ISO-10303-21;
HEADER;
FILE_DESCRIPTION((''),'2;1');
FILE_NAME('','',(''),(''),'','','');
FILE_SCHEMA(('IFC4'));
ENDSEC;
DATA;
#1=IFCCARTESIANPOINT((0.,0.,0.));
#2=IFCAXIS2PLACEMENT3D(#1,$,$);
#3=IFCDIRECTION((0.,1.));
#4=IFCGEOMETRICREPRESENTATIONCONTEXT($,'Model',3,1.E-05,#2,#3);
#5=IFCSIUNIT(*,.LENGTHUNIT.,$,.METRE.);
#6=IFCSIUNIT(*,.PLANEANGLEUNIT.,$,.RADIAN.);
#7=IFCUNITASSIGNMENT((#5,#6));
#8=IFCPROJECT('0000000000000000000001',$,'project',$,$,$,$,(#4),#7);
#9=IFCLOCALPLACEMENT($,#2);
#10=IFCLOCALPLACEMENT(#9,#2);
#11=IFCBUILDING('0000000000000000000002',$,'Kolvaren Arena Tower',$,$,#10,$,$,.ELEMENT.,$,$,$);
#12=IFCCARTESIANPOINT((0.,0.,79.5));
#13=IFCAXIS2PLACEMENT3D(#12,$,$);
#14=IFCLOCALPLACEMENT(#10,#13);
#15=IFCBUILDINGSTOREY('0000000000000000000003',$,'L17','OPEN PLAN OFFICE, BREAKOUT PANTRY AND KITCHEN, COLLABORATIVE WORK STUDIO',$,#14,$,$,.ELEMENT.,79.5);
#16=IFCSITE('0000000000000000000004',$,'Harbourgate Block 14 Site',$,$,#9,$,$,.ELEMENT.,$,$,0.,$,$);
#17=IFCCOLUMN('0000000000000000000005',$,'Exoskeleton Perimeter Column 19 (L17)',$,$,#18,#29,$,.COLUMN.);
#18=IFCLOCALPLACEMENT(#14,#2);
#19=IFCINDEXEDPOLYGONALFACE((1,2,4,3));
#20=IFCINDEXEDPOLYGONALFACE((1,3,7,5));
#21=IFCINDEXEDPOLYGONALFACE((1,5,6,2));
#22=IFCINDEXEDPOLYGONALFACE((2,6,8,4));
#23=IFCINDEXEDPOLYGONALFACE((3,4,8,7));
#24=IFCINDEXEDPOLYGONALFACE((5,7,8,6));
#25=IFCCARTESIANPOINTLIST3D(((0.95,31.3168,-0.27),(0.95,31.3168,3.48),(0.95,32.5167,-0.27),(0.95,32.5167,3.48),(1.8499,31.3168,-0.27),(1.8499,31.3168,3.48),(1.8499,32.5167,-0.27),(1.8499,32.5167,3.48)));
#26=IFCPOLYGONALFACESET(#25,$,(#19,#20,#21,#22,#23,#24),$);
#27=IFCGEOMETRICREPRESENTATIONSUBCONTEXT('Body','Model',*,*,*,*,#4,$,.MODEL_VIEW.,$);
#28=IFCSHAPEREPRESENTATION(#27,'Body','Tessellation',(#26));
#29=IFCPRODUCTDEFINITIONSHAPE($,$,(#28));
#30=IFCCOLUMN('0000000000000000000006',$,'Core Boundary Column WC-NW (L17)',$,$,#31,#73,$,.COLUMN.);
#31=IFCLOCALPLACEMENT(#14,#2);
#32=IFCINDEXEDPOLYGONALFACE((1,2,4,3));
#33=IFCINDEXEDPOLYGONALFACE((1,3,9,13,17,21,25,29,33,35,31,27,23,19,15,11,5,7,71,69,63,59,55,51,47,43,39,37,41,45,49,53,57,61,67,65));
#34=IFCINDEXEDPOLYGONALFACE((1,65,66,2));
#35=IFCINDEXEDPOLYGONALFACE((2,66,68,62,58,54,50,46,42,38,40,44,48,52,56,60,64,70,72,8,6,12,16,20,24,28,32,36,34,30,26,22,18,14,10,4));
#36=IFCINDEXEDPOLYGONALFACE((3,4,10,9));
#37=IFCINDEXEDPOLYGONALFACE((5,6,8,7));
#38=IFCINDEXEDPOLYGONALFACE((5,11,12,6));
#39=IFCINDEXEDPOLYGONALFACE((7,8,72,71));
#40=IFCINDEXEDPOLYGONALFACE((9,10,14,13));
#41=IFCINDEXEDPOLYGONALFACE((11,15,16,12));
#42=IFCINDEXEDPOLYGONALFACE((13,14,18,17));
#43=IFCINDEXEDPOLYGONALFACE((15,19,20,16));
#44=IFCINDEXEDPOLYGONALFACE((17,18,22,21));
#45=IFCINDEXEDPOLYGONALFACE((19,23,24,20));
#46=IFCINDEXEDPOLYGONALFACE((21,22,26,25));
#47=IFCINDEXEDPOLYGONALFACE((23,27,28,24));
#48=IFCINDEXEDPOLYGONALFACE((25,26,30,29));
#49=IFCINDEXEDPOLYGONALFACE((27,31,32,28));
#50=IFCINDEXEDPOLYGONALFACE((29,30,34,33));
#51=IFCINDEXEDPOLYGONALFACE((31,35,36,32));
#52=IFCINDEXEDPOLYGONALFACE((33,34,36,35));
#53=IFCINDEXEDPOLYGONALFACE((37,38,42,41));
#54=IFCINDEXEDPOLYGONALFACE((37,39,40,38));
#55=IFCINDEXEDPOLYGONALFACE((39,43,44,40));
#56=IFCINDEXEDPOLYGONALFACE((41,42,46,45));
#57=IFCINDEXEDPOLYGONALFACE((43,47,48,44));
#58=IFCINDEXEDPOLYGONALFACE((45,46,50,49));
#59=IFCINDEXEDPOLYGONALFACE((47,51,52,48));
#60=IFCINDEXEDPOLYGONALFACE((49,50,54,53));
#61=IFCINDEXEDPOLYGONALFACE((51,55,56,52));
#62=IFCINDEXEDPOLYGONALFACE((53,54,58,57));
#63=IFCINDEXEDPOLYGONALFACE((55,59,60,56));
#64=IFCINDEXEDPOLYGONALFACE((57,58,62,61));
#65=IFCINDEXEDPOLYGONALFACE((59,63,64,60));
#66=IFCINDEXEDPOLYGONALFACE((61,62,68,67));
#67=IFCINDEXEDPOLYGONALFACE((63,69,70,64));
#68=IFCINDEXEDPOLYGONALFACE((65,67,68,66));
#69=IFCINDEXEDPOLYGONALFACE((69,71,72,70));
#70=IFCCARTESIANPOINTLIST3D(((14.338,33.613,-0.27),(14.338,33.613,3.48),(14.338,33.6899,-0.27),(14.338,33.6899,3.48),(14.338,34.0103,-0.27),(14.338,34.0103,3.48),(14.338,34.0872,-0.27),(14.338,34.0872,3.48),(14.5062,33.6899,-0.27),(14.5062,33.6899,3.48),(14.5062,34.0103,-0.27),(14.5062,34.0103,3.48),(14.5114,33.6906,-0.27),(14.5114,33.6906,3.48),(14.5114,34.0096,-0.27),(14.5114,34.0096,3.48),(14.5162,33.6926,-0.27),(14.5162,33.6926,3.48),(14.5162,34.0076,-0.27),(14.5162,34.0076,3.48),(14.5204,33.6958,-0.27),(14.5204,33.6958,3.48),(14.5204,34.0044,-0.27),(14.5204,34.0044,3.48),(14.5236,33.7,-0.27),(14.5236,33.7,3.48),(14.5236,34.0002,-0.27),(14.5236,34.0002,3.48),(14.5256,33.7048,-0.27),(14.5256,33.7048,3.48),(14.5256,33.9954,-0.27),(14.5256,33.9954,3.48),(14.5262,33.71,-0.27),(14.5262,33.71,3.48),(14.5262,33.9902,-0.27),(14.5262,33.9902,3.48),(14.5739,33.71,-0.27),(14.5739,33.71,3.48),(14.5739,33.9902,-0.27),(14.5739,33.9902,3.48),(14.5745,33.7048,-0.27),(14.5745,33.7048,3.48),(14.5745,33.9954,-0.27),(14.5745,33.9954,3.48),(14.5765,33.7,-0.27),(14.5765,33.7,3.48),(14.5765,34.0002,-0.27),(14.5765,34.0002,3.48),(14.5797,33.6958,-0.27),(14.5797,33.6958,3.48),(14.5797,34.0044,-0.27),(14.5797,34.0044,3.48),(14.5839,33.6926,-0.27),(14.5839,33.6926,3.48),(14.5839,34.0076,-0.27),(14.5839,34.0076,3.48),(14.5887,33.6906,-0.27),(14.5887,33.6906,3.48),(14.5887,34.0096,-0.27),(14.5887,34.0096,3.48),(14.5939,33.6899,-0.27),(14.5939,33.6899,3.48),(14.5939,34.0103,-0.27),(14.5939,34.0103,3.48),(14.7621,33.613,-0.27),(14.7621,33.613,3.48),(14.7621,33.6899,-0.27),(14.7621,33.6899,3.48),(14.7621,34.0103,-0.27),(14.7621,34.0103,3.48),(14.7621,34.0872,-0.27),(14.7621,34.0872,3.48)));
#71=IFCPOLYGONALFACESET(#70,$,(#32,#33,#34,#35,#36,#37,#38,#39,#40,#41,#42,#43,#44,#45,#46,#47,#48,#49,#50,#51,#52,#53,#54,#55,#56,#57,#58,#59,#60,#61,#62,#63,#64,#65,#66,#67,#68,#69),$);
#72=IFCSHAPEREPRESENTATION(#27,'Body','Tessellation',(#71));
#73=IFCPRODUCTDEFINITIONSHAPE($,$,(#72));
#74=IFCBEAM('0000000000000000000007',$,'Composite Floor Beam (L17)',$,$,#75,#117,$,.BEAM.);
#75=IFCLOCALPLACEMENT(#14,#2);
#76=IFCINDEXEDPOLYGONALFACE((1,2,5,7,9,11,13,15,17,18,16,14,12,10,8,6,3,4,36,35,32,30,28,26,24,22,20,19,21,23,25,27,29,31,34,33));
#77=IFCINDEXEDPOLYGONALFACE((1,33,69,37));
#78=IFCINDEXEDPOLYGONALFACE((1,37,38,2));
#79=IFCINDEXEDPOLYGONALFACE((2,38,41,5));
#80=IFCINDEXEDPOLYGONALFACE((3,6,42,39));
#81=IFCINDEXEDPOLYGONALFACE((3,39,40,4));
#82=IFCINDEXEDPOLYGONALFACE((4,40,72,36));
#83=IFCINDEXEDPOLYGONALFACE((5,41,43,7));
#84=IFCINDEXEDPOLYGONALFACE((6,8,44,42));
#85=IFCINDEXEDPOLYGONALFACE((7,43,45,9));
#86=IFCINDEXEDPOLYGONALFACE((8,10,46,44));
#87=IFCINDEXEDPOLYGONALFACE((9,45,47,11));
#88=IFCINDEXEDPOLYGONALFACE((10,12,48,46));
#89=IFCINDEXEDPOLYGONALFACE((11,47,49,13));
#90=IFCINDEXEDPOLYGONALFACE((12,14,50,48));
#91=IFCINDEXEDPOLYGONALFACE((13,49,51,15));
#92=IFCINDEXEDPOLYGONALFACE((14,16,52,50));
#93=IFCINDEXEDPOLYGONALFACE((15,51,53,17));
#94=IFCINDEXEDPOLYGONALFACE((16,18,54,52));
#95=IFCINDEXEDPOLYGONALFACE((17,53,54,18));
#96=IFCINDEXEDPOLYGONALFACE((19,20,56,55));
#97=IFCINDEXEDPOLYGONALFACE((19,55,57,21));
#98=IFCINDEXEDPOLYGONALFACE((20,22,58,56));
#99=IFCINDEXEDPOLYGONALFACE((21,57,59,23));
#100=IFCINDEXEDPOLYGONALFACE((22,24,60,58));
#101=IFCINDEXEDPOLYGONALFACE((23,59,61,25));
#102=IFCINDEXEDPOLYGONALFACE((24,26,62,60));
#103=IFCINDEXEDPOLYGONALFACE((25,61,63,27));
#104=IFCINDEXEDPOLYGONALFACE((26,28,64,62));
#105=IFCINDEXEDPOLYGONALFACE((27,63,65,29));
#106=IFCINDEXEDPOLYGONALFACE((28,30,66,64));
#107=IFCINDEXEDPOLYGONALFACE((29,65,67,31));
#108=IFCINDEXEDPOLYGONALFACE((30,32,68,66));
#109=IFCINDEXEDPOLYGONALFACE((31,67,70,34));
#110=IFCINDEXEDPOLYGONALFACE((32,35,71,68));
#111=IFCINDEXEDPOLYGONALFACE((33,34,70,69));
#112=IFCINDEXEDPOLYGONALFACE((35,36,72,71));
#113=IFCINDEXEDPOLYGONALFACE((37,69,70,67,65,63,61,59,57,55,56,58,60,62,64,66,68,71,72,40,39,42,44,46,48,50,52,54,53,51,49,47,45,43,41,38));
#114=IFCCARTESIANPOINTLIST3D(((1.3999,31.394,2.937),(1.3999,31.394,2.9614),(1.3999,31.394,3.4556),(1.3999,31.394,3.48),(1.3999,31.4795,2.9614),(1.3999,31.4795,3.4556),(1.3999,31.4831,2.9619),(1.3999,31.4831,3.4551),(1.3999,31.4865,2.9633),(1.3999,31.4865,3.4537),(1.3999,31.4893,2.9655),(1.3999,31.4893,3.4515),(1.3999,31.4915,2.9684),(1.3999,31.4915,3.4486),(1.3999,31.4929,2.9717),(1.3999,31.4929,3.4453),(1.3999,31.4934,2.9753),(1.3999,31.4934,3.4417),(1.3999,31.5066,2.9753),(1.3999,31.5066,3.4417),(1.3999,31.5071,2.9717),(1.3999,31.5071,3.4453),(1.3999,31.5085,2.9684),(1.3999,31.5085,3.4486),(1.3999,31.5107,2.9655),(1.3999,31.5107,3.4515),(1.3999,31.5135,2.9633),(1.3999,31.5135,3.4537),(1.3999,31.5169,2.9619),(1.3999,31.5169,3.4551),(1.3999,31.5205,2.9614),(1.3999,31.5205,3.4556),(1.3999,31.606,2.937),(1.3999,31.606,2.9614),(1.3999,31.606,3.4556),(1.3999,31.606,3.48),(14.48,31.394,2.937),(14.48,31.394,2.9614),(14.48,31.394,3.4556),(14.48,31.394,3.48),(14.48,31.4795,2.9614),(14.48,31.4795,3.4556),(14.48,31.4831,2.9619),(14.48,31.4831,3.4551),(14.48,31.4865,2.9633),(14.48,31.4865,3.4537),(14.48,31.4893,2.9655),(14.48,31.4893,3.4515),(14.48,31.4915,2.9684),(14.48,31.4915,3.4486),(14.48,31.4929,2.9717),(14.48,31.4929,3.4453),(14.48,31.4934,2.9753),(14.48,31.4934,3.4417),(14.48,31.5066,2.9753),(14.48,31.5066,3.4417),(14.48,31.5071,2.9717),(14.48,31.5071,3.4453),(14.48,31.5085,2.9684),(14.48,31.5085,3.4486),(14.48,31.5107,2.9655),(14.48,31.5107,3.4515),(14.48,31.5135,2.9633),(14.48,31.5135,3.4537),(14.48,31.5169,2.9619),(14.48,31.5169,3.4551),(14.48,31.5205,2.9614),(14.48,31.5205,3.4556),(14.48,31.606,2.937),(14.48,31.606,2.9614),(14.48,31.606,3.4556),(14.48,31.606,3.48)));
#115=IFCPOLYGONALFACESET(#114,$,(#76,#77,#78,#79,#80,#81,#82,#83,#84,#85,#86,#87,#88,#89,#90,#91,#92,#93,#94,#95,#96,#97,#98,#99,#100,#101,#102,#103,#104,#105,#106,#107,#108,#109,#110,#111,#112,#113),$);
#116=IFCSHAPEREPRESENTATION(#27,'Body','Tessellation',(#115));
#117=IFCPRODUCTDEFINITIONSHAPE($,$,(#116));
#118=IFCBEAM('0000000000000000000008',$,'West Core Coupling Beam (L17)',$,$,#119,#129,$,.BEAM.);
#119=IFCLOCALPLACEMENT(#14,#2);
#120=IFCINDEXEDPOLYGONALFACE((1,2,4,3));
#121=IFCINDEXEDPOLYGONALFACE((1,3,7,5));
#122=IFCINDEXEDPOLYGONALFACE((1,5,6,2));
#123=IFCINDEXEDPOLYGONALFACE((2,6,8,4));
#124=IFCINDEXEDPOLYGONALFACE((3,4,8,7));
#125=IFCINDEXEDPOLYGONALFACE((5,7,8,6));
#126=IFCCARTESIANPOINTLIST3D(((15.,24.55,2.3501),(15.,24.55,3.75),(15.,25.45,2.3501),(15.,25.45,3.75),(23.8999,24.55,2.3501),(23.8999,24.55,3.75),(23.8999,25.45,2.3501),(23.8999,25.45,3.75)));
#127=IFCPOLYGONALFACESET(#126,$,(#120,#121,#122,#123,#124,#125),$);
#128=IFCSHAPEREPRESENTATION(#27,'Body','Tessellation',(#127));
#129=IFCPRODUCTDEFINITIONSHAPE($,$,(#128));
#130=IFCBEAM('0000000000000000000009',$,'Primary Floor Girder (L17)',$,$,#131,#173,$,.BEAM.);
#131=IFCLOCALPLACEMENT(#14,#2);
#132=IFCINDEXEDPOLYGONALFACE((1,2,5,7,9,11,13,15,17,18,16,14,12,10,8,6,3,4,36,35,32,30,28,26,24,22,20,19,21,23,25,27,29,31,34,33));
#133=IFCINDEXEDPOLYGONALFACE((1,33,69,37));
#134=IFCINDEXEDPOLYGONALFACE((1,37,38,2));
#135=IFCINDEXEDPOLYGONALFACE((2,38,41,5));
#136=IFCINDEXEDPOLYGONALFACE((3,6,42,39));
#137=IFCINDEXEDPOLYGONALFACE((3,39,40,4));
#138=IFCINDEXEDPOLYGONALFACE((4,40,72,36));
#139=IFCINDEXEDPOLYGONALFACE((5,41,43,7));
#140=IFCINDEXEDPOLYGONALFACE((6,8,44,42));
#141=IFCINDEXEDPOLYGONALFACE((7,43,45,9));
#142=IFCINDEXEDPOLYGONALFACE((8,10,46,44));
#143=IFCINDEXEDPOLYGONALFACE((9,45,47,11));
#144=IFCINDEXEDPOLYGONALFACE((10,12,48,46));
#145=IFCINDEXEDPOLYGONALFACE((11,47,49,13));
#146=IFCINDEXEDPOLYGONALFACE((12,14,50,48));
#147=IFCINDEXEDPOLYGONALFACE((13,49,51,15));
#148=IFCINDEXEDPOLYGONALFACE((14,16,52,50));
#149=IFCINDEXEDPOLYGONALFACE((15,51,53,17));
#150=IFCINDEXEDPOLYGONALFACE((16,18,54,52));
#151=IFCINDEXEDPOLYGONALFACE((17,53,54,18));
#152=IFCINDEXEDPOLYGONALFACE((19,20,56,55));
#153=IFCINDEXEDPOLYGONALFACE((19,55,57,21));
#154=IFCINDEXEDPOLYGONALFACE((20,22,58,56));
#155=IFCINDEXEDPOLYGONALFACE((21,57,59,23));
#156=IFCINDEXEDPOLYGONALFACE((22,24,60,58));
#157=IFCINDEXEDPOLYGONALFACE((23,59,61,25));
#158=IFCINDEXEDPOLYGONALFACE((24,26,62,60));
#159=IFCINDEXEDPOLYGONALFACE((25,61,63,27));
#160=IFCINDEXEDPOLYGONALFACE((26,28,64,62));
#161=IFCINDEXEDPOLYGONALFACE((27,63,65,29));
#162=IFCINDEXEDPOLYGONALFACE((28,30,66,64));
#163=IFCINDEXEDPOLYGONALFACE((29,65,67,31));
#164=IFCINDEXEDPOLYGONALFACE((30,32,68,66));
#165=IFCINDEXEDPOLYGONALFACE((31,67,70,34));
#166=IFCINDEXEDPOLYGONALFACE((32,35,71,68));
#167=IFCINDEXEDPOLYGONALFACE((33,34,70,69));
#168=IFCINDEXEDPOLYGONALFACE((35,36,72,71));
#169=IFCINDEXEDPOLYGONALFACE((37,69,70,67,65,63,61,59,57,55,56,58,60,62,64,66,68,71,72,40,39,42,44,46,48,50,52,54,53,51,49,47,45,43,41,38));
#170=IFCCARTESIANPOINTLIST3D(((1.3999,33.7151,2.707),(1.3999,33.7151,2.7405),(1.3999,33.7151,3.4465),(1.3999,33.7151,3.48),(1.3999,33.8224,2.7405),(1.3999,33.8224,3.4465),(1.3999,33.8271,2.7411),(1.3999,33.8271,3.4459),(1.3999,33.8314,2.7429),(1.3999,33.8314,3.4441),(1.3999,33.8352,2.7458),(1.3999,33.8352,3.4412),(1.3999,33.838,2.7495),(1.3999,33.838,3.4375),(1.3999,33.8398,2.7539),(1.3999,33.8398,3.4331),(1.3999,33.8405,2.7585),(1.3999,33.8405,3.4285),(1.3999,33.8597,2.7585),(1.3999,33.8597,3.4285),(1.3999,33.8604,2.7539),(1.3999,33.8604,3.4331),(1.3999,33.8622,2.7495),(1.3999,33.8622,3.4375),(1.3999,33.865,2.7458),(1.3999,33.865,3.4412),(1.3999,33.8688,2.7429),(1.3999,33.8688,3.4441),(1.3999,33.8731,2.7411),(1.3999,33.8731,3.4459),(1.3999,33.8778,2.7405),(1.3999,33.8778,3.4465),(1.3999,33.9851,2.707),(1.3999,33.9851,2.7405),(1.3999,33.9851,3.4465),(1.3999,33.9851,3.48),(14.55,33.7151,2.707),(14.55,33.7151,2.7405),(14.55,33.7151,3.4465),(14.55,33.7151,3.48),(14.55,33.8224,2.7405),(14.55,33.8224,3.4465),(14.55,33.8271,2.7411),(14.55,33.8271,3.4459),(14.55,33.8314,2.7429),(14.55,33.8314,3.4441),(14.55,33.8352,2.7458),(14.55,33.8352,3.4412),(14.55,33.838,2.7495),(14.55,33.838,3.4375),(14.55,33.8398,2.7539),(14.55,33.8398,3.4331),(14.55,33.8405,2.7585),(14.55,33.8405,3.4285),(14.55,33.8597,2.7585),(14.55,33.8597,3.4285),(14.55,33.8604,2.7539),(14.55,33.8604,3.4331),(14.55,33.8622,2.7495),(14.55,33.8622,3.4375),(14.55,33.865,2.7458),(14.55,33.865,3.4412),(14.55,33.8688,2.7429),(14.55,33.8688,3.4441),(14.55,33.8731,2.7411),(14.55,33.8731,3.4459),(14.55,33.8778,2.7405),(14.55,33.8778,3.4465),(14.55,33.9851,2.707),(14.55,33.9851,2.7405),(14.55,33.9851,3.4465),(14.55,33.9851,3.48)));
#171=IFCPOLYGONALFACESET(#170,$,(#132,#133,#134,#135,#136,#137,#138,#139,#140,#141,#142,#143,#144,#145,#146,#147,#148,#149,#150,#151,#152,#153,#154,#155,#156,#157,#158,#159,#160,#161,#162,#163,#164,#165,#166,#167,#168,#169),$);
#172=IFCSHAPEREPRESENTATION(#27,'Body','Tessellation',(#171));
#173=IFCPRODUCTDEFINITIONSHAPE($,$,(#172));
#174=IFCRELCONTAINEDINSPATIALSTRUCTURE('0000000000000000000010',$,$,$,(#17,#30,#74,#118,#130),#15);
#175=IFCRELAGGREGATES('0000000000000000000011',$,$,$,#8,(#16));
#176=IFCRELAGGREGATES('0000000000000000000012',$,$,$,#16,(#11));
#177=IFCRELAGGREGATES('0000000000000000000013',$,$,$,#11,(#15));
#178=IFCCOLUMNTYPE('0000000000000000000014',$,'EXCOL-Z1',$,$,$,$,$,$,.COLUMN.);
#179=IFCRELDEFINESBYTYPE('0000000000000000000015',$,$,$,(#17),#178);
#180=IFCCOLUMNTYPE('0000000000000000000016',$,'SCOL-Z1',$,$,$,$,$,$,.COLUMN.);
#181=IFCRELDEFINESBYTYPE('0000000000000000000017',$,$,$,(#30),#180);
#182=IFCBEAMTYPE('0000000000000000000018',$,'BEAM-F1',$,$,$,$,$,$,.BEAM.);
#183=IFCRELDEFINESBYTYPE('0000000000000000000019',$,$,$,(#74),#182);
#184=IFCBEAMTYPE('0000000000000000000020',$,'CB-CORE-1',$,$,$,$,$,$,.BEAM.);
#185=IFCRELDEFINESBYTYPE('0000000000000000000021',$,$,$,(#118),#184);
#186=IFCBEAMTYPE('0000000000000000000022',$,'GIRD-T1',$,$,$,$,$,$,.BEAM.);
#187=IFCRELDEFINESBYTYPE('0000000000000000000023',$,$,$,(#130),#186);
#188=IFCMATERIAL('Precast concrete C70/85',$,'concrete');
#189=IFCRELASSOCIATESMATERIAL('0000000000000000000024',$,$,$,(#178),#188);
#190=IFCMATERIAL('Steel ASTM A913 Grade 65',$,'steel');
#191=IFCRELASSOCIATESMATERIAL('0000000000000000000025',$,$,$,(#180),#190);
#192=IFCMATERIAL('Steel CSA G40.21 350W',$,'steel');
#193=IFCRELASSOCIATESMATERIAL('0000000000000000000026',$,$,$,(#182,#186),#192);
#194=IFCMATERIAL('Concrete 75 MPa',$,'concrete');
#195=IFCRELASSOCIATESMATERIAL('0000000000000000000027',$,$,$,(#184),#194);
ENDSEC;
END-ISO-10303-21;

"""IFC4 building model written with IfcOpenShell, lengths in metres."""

from ifc_helpers import new_model, si_unit, direction, frame, origin, origin_2d, place, context, subcontext, project, spatial, rectangle, i_section, extrude, material, material_profile, profile_set, type_object, element, save


model = new_model("IFC4")

# Units and contexts
model_context = context("Model", 3, precision=1e-05, world=origin(), true_north=direction((0.0, 1.0)))
body_context = subcontext(model_context, "Body", "Model", "MODEL_VIEW")
ifc_project = project(units=[si_unit("LENGTHUNIT", "METRE"), si_unit("PLANEANGLEUNIT", "RADIAN")], contexts=[model_context])

# Site, building, storey
site_placement = place(None, origin())
site = spatial("IfcSite", under=ifc_project, at=site_placement, Name="Harbourgate Block 14 Site", CompositionType="ELEMENT", RefElevation=0.0)
building_placement = place(site_placement, origin())
building = spatial("IfcBuilding", under=site, at=building_placement, Name="Kolvaren Arena Tower", CompositionType="ELEMENT")
storey_placement = place(building_placement, frame((0.0, 0.0, 79.5)))
storey = spatial("IfcBuildingStorey", under=building, at=storey_placement, Name="L17", Description="OPEN PLAN OFFICE, BREAKOUT PANTRY AND KITCHEN, COLLABORATIVE WORK STUDIO", CompositionType="ELEMENT", Elevation=79.5)

# Columns
ifc_material_1 = material(Name="Precast concrete C70/85", Category="concrete")
ifc_material_profile_1 = material_profile(ifc_material_1, rectangle(XDim=1.2, YDim=0.8999, at=origin_2d()), Name="RC-1200x900")
ifc_profile_set_1 = profile_set([ifc_material_profile_1], Name="Precast concrete C70/85")
column_type_1 = type_object("IfcColumnType", Name="EXCOL-Z1", PredefinedType="COLUMN", material=ifc_profile_set_1)
column_1_placement = place(storey_placement, frame((1.3999, 31.9167, -0.27), z_axis=(0.0, 0.0, 1.0), x_axis=(0.0, 1.0, 0.0)))
element("IfcColumn", 1, at=column_1_placement, inside=storey, type_object=column_type_1, Name="Exoskeleton Perimeter Column 19 (L17)", PredefinedType="COLUMN", context=body_context, shape_type="SweptSolid", body=[
    extrude(rectangle(XDim=1.2, YDim=0.8999, at=origin_2d()), origin(), (0.0, 0.0, 1.0), 3.75),
])
ifc_material_2 = material(Name="Steel ASTM A913 Grade 65", Category="steel")
ifc_material_profile_2 = material_profile(ifc_material_2, i_section(OverallWidth=0.4241, OverallDepth=0.4741, WebThickness=0.0476, FlangeThickness=0.0769, FilletRadius=0.02, at=origin_2d()), Name="W360x634")
ifc_profile_set_2 = profile_set([ifc_material_profile_2], Name="Steel ASTM A913 Grade 65")
column_type_2 = type_object("IfcColumnType", Name="SCOL-Z1", PredefinedType="COLUMN", material=ifc_profile_set_2)
column_2_placement = place(storey_placement, frame((14.55, 33.8501, -0.27), z_axis=(0.0, 0.0, 1.0), x_axis=(1.0, 0.0, 0.0)))
element("IfcColumn", 2, at=column_2_placement, inside=storey, type_object=column_type_2, Name="Core Boundary Column WC-NW (L17)", PredefinedType="COLUMN", context=body_context, shape_type="SweptSolid", body=[
    extrude(i_section(OverallWidth=0.4241, OverallDepth=0.4741, WebThickness=0.0476, FlangeThickness=0.0769, FilletRadius=0.02, at=origin_2d()), origin(), (0.0, 0.0, 1.0), 3.75),
])

# Beams
ifc_material_3 = material(Name="Steel CSA G40.21 350W", Category="steel")
ifc_material_profile_3 = material_profile(ifc_material_3, i_section(OverallWidth=0.2119, OverallDepth=0.543, WebThickness=0.0132, FlangeThickness=0.0244, FilletRadius=0.0139, at=origin_2d()), Name="W530x150")
ifc_profile_set_3 = profile_set([ifc_material_profile_3], Name="Steel CSA G40.21 350W")
beam_type_1 = type_object("IfcBeamType", Name="BEAM-F1", PredefinedType="BEAM", material=ifc_profile_set_3)
beam_1_placement = place(storey_placement, frame((1.3999, 31.5, 3.2085), z_axis=(1.0, 0.0, 0.0), x_axis=(0.0, 1.0, 0.0)))
element("IfcBeam", 3, at=beam_1_placement, inside=storey, type_object=beam_type_1, Name="Composite Floor Beam (L17)", PredefinedType="BEAM", context=body_context, shape_type="SweptSolid", body=[
    extrude(i_section(OverallWidth=0.2119, OverallDepth=0.543, WebThickness=0.0132, FlangeThickness=0.0244, FilletRadius=0.0139, at=origin_2d()), origin(), (0.0, 0.0, 1.0), 13.0801),
])
ifc_material_4 = material(Name="Concrete 75 MPa", Category="concrete")
ifc_material_profile_4 = material_profile(ifc_material_4, rectangle(XDim=0.8999, YDim=1.3999, at=origin_2d()), Name="RC-900x1400")
ifc_profile_set_4 = profile_set([ifc_material_profile_4], Name="Concrete 75 MPa")
beam_type_2 = type_object("IfcBeamType", Name="CB-CORE-1", PredefinedType="BEAM", material=ifc_profile_set_4)
beam_2_placement = place(storey_placement, frame((15.0, 25.0, 3.05), z_axis=(1.0, 0.0, 0.0), x_axis=(0.0, 1.0, 0.0)))
element("IfcBeam", 4, at=beam_2_placement, inside=storey, type_object=beam_type_2, Name="West Core Coupling Beam (L17)", PredefinedType="BEAM", context=body_context, shape_type="SweptSolid", body=[
    extrude(rectangle(XDim=0.8999, YDim=1.3999, at=origin_2d()), origin(), (0.0, 0.0, 1.0), 8.8999),
])
ifc_material_profile_5 = material_profile(ifc_material_3, i_section(OverallWidth=0.27, OverallDepth=0.7729, WebThickness=0.0193, FlangeThickness=0.0334, FilletRadius=0.0181, at=origin_2d()), Name="W760x257")
ifc_profile_set_5 = profile_set([ifc_material_profile_5], Name="Steel CSA G40.21 350W")
beam_type_3 = type_object("IfcBeamType", Name="GIRD-T1", PredefinedType="BEAM", material=ifc_profile_set_5)
beam_3_placement = place(storey_placement, frame((1.3999, 33.8501, 3.0935), z_axis=(1.0, 0.0, 0.0), x_axis=(0.0, 1.0, 0.0)))
element("IfcBeam", 5, at=beam_3_placement, inside=storey, type_object=beam_type_3, Name="Primary Floor Girder (L17)", PredefinedType="BEAM", context=body_context, shape_type="SweptSolid", body=[
    extrude(i_section(OverallWidth=0.27, OverallDepth=0.7729, WebThickness=0.0193, FlangeThickness=0.0334, FilletRadius=0.0181, at=origin_2d()), origin(), (0.0, 0.0, 1.0), 13.1501),
])

save(model, "model.ifc")
